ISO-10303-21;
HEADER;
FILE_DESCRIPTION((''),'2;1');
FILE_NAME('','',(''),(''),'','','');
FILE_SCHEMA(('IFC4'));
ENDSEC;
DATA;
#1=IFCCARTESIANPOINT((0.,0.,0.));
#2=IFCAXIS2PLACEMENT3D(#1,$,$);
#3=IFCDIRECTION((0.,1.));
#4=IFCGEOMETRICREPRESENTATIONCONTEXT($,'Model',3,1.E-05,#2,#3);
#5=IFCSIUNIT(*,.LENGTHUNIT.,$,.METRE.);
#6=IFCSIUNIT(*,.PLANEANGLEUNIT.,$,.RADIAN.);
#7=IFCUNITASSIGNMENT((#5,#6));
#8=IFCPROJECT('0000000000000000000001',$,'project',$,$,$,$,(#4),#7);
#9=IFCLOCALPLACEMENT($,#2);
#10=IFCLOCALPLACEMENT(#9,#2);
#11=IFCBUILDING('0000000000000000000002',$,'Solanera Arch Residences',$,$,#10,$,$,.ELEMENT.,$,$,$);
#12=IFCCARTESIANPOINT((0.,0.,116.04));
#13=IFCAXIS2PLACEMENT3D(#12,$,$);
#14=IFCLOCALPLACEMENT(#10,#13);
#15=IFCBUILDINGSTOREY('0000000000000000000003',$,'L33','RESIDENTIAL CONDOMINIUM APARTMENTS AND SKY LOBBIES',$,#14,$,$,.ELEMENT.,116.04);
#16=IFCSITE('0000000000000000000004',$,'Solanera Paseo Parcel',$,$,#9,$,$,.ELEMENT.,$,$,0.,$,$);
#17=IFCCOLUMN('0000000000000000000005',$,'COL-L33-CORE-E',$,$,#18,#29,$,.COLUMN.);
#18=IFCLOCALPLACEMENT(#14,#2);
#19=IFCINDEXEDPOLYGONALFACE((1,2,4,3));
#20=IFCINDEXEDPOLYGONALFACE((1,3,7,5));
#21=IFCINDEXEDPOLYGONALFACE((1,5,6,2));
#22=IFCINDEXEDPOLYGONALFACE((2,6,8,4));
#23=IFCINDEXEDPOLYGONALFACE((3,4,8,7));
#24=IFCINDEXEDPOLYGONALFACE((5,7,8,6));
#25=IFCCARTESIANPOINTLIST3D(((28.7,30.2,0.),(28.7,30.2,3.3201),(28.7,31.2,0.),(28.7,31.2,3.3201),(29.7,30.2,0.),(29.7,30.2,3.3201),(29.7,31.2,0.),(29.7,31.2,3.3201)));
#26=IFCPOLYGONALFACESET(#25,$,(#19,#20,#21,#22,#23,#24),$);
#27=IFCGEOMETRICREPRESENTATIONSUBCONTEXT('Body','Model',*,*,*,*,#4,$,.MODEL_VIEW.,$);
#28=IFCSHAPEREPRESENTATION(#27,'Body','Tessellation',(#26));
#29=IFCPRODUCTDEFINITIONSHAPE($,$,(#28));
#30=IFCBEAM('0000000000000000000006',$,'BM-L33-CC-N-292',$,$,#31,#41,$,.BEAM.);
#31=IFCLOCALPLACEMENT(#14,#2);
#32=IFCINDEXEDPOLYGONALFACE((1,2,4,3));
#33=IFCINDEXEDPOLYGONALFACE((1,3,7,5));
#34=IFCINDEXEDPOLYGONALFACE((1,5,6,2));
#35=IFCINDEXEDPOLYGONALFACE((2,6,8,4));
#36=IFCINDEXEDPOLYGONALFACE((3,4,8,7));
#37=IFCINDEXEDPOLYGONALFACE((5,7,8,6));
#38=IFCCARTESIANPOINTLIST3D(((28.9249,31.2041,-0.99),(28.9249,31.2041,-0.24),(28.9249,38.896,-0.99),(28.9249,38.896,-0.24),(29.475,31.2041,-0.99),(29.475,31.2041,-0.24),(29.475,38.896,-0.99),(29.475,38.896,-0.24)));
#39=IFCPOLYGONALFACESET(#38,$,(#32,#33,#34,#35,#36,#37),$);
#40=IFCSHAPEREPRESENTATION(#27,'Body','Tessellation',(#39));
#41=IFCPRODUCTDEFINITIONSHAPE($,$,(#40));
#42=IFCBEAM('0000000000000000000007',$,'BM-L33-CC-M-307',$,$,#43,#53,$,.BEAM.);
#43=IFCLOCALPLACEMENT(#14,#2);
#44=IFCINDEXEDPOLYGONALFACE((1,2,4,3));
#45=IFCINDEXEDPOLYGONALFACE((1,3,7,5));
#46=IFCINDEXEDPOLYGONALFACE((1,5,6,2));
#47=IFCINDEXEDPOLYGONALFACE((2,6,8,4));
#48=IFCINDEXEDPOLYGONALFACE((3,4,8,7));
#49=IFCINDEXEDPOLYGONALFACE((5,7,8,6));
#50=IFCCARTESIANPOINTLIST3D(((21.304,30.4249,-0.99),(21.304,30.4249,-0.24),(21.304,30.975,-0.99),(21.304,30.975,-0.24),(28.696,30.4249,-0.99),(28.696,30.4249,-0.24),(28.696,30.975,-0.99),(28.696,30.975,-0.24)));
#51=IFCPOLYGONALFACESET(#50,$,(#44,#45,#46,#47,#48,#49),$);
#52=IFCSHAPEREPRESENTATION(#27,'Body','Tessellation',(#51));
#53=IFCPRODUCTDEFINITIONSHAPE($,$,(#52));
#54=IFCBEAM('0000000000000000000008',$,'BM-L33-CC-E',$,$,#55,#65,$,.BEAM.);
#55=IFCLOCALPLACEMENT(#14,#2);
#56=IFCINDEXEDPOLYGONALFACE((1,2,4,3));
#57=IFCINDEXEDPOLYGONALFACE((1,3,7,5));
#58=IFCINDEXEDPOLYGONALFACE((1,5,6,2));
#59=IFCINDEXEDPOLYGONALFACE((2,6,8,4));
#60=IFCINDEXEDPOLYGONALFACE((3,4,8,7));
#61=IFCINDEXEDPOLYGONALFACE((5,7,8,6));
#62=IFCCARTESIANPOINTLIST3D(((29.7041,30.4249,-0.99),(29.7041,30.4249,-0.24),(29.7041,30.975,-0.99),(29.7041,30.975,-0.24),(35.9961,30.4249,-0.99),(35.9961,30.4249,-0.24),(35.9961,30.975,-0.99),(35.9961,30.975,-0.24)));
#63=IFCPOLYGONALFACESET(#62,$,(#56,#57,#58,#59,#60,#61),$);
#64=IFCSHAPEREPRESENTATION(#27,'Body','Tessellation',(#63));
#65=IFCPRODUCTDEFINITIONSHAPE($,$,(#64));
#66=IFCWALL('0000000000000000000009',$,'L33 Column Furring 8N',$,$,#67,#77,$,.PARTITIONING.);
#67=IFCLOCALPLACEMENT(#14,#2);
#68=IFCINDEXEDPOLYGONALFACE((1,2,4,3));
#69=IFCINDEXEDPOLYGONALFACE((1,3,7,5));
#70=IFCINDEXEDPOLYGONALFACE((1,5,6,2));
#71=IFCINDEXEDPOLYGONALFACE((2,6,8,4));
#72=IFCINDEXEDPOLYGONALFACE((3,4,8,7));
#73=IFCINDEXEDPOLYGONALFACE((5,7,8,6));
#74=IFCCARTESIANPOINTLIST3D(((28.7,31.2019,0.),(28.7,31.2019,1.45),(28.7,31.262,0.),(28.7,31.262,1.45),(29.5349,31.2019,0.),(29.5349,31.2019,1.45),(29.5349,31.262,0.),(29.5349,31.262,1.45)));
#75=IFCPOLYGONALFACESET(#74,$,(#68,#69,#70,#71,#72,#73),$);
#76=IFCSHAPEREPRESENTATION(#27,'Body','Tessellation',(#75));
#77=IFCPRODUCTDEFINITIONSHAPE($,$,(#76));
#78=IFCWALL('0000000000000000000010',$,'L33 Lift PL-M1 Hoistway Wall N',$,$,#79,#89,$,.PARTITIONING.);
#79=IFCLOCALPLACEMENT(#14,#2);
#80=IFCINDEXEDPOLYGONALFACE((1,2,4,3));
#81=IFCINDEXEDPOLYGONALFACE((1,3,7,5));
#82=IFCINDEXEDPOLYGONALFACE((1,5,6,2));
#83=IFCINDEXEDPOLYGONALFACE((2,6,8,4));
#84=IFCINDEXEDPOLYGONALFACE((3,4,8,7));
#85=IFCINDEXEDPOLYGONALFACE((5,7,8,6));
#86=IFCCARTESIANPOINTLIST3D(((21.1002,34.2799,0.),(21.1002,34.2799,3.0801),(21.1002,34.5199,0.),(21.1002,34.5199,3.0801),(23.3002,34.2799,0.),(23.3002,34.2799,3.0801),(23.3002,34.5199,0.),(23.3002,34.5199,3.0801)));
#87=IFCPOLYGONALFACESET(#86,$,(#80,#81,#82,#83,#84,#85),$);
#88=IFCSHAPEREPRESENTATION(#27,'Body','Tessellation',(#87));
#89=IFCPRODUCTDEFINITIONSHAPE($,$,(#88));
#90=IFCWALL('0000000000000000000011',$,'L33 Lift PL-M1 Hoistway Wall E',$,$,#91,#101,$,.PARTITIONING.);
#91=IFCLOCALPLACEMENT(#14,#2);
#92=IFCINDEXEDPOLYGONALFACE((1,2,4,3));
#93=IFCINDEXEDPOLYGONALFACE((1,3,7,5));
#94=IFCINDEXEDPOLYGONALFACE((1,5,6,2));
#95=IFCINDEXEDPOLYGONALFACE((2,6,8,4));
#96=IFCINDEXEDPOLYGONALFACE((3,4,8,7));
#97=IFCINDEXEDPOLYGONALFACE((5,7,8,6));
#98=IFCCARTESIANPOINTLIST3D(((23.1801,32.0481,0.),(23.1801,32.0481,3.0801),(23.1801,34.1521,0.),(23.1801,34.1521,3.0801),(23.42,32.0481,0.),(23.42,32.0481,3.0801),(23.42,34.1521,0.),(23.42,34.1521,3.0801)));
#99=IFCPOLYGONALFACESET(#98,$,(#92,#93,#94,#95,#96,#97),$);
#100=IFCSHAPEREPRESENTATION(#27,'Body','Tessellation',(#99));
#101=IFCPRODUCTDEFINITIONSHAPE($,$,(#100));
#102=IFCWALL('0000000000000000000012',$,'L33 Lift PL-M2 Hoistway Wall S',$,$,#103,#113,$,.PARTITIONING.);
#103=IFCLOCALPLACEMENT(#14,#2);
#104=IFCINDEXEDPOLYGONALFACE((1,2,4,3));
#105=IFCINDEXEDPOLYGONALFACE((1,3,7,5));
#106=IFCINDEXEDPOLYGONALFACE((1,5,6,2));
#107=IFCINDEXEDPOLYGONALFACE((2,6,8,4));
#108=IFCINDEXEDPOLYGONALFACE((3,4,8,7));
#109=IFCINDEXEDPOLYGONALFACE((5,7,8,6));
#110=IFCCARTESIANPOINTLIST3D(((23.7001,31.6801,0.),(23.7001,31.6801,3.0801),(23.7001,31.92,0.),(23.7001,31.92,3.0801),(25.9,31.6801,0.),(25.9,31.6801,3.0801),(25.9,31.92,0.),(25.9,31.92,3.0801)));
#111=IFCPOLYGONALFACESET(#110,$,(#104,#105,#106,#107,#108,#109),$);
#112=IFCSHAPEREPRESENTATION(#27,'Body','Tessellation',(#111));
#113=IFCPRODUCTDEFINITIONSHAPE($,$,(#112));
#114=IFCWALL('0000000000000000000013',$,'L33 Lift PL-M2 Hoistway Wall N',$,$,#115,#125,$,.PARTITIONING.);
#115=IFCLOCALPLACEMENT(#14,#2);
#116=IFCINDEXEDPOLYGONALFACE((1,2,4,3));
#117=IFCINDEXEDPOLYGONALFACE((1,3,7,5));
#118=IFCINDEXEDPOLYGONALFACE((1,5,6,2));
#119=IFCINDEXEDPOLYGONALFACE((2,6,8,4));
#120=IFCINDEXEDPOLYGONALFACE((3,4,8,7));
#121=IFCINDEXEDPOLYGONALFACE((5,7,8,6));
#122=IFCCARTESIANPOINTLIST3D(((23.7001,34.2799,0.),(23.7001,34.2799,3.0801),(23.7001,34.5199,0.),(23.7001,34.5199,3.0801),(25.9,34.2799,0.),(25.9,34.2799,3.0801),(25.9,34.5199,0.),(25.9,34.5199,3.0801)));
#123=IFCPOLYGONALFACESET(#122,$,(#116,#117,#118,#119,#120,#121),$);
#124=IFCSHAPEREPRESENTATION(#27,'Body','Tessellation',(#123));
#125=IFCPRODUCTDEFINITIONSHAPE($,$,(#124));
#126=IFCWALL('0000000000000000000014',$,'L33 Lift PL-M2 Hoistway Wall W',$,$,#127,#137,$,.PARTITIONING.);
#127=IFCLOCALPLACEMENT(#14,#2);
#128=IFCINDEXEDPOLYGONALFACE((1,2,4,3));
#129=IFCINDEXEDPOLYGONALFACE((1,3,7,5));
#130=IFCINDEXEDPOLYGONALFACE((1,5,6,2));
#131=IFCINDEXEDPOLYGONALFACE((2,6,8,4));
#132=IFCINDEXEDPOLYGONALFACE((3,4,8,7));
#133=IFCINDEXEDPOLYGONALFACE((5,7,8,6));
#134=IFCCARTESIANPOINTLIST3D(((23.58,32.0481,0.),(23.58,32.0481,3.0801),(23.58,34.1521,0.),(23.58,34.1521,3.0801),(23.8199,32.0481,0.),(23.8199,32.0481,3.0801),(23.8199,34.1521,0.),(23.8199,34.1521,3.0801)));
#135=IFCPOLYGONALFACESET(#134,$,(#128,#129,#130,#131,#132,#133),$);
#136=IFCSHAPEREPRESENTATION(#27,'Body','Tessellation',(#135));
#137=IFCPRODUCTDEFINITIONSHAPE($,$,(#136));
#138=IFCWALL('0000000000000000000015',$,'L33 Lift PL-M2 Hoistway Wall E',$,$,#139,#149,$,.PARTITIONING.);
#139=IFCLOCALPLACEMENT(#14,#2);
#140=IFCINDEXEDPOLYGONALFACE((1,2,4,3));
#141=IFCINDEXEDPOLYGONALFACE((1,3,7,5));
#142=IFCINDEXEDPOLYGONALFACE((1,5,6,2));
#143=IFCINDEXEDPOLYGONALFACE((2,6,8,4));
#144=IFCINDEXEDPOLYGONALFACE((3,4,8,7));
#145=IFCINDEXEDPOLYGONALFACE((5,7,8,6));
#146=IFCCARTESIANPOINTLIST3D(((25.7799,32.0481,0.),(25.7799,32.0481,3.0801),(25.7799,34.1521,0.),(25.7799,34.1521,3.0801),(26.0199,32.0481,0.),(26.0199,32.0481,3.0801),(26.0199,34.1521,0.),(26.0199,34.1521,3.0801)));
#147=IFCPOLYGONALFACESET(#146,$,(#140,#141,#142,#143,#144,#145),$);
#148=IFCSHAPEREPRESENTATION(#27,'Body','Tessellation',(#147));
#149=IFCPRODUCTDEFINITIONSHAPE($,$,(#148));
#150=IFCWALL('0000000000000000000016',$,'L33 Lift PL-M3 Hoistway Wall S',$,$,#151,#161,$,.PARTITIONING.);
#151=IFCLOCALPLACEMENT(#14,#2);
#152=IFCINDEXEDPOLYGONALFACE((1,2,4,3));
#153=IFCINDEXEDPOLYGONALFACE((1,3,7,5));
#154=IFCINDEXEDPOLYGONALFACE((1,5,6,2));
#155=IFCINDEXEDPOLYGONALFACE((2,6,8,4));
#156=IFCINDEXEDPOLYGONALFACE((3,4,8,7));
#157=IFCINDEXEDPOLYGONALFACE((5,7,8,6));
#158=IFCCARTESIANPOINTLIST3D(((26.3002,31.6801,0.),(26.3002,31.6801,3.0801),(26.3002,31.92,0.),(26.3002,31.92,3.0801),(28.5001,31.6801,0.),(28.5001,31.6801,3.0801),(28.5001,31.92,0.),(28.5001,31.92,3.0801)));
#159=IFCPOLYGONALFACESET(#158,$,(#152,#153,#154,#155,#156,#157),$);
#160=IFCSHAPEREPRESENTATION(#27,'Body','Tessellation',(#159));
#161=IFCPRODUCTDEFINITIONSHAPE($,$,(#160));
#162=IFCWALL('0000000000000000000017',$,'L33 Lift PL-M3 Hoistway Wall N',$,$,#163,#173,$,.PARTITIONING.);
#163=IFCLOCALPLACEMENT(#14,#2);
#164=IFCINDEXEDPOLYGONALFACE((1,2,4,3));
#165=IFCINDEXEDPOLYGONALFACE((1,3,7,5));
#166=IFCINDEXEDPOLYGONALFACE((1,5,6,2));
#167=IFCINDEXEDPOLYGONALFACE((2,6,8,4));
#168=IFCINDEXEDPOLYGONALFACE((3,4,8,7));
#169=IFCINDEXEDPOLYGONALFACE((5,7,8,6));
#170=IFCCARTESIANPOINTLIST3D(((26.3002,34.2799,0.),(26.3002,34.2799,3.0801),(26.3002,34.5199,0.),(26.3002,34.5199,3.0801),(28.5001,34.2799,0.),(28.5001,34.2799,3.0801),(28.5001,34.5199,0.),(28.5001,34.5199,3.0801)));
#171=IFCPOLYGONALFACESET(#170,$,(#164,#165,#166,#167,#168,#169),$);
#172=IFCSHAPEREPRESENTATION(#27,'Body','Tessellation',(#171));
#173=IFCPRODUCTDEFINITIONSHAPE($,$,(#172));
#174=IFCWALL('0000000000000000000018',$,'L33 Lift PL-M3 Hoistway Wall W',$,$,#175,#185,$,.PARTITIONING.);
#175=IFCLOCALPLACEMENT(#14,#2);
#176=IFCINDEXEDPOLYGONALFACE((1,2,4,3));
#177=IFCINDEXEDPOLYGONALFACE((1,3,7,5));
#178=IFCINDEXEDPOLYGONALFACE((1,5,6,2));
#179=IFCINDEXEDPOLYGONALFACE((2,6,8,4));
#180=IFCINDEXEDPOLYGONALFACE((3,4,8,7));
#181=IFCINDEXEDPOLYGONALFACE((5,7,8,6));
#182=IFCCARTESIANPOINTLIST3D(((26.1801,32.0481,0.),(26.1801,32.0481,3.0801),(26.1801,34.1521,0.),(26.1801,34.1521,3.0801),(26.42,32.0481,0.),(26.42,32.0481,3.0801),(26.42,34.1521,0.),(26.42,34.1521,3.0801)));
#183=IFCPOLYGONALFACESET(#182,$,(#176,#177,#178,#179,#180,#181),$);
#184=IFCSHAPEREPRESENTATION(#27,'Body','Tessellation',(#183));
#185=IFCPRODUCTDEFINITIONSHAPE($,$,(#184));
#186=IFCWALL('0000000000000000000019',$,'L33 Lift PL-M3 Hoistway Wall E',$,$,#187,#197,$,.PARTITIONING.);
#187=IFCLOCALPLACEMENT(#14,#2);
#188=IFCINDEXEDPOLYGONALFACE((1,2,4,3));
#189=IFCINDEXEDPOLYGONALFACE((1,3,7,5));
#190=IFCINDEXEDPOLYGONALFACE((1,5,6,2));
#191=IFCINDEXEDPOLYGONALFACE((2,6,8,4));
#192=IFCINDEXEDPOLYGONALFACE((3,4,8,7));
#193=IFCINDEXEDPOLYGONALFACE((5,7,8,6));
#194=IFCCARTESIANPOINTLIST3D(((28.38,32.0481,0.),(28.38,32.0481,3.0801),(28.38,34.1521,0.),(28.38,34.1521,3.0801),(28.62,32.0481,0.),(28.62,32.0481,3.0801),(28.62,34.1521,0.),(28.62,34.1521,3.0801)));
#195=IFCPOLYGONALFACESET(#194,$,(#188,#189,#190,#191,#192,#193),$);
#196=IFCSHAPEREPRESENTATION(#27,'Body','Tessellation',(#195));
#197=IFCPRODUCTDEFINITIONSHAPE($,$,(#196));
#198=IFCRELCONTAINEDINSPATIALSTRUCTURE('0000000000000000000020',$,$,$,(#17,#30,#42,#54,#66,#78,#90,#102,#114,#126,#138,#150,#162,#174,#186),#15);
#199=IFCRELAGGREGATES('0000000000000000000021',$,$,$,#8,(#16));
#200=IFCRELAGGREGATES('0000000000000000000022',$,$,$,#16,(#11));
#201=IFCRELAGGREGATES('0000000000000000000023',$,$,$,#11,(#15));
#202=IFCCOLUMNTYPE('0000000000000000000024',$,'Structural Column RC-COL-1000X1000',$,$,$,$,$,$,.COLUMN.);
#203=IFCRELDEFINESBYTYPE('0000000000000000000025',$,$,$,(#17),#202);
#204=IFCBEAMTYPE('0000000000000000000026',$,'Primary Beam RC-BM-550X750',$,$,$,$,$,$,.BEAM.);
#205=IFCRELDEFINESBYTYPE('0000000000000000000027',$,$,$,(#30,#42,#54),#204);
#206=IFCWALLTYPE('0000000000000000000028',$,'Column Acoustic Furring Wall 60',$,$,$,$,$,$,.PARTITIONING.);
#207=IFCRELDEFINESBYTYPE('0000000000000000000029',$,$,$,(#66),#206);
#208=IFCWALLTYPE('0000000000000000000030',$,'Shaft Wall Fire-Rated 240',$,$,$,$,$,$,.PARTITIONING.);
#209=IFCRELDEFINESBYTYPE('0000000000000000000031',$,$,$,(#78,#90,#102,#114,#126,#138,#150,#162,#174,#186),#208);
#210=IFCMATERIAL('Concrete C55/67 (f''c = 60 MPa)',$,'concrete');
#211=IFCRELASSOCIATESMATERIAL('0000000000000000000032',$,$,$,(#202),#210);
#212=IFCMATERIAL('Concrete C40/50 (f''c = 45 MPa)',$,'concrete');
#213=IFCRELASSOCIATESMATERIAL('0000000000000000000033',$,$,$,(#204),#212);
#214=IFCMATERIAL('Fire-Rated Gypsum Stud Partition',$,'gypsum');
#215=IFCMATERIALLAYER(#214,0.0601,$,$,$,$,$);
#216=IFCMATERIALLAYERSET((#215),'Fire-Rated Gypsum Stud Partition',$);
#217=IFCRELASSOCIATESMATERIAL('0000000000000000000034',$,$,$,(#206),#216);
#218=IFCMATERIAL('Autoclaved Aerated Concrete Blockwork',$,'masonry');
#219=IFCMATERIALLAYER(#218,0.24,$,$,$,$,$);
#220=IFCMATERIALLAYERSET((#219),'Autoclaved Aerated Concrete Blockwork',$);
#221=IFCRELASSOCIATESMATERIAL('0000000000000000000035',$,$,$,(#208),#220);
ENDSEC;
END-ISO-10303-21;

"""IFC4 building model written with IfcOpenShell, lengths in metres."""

from ifc_helpers import new_model, si_unit, direction, frame, frame_2d, origin, origin_2d, place, context, subcontext, project, spatial, rectangle, extrude, material, layer, layer_set, material_profile, profile_set, type_object, element, save


model = new_model("IFC4")

# Units and contexts
model_context = context("Model", 3, precision=1e-05, world=origin(), true_north=direction((0.0, 1.0)))
body_context = subcontext(model_context, "Body", "Model", "MODEL_VIEW")
ifc_project = project(units=[si_unit("LENGTHUNIT", "METRE"), si_unit("PLANEANGLEUNIT", "RADIAN")], contexts=[model_context])

# Site, building, storey
site_placement = place(None, origin())
site = spatial("IfcSite", under=ifc_project, at=site_placement, Name="Solanera Paseo Parcel", CompositionType="ELEMENT", RefElevation=0.0)
building_placement = place(site_placement, origin())
building = spatial("IfcBuilding", under=site, at=building_placement, Name="Solanera Arch Residences", CompositionType="ELEMENT")
storey_placement = place(building_placement, frame((0.0, 0.0, 116.04)))
storey = spatial("IfcBuildingStorey", under=building, at=storey_placement, Name="L33", Description="RESIDENTIAL CONDOMINIUM APARTMENTS AND SKY LOBBIES", CompositionType="ELEMENT", Elevation=116.04)

# Column
ifc_material_1 = material(Name="Concrete C55/67 (f'c = 60 MPa)", Category="concrete")
ifc_material_profile_1 = material_profile(ifc_material_1, rectangle(XDim=1.0, YDim=1.0, at=origin_2d()))
ifc_profile_set_1 = profile_set([ifc_material_profile_1], Name="Concrete C55/67 (f'c = 60 MPa)")
column_type = type_object("IfcColumnType", Name="Structural Column RC-COL-1000X1000", PredefinedType="COLUMN", material=ifc_profile_set_1)
column_placement = place(storey_placement, frame((29.2, 30.7, 0.0), z_axis=(0.0, 0.0, 1.0), x_axis=(1.0, 0.0, 0.0)))
element("IfcColumn", 1, at=column_placement, inside=storey, type_object=column_type, Name="COL-L33-CORE-E", PredefinedType="COLUMN", context=body_context, shape_type="SweptSolid", body=[
    extrude(rectangle(XDim=1.0, YDim=1.0, at=origin_2d()), origin(), (0.0, 0.0, 1.0), 3.3201),
])

# Beams
ifc_material_2 = material(Name="Concrete C40/50 (f'c = 45 MPa)", Category="concrete")
ifc_material_profile_2 = material_profile(ifc_material_2, rectangle(XDim=0.55, YDim=0.75, at=origin_2d()))
ifc_profile_set_2 = profile_set([ifc_material_profile_2], Name="Concrete C40/50 (f'c = 45 MPa)")
beam_type = type_object("IfcBeamType", Name="Primary Beam RC-BM-550X750", PredefinedType="BEAM", material=ifc_profile_set_2)
beam_1_placement = place(storey_placement, frame((29.2, 31.2041, -0.615), z_axis=(0.0, 1.0, 0.0), x_axis=(-1.0, 0.0, 0.0)))
element("IfcBeam", 2, at=beam_1_placement, inside=storey, type_object=beam_type, Name="BM-L33-CC-N-292", PredefinedType="BEAM", context=body_context, shape_type="SweptSolid", body=[
    extrude(rectangle(XDim=0.55, YDim=0.75, at=origin_2d()), origin(), (0.0, 0.0, 1.0), 7.6919),
])
beam_2_placement = place(storey_placement, frame((21.304, 30.7, -0.615), z_axis=(1.0, 0.0, 0.0), x_axis=(0.0, 1.0, 0.0)))
element("IfcBeam", 3, at=beam_2_placement, inside=storey, type_object=beam_type, Name="BM-L33-CC-M-307", PredefinedType="BEAM", context=body_context, shape_type="SweptSolid", body=[
    extrude(rectangle(XDim=0.55, YDim=0.75, at=origin_2d()), origin(), (0.0, 0.0, 1.0), 7.3921),
])
beam_3_placement = place(storey_placement, frame((29.7041, 30.7, -0.615), z_axis=(1.0, 0.0, 0.0), x_axis=(0.0, 1.0, 0.0)))
element("IfcBeam", 4, at=beam_3_placement, inside=storey, type_object=beam_type, Name="BM-L33-CC-E", PredefinedType="BEAM", context=body_context, shape_type="SweptSolid", body=[
    extrude(rectangle(XDim=0.55, YDim=0.75, at=origin_2d()), origin(), (0.0, 0.0, 1.0), 6.292),
])

# Walls
ifc_material_3 = material(Name="Fire-Rated Gypsum Stud Partition", Category="gypsum")
ifc_layer_1 = layer(ifc_material_3, 0.0601)
ifc_layer_set_1 = layer_set([ifc_layer_1], Name="Fire-Rated Gypsum Stud Partition")
wall_type_1 = type_object("IfcWallType", Name="Column Acoustic Furring Wall 60", PredefinedType="PARTITIONING", material=ifc_layer_set_1)
wall_1_placement = place(storey_placement, frame((28.7, 31.2319, 0.0), z_axis=(0.0, 0.0, 1.0), x_axis=(1.0, 0.0, 0.0)))
element("IfcWall", 5, at=wall_1_placement, inside=storey, type_object=wall_type_1, Name="L33 Column Furring 8N", PredefinedType="PARTITIONING", context=body_context, shape_type="SweptSolid", body=[
    extrude(rectangle(XDim=0.835, YDim=0.0601, at=frame_2d((0.4175, 0.0))), origin(), (0.0, 0.0, 1.0), 1.45),
])
ifc_material_4 = material(Name="Autoclaved Aerated Concrete Blockwork", Category="masonry")
ifc_layer_2 = layer(ifc_material_4, 0.24)
ifc_layer_set_2 = layer_set([ifc_layer_2], Name="Autoclaved Aerated Concrete Blockwork")
wall_type_2 = type_object("IfcWallType", Name="Shaft Wall Fire-Rated 240", PredefinedType="PARTITIONING", material=ifc_layer_set_2)
wall_2_placement = place(storey_placement, frame((21.1001, 34.3999, 0.0), z_axis=(0.0, 0.0, 1.0), x_axis=(1.0, 0.0, 0.0)))
element("IfcWall", 6, at=wall_2_placement, inside=storey, type_object=wall_type_2, Name="L33 Lift PL-M1 Hoistway Wall N", PredefinedType="PARTITIONING", context=body_context, shape_type="SweptSolid", body=[
    extrude(rectangle(XDim=2.2, YDim=0.24, at=frame_2d((1.1001, 0.0))), origin(), (0.0, 0.0, 1.0), 3.0801),
])
wall_3_placement = place(storey_placement, frame((23.3, 32.0481, 0.0), z_axis=(0.0, 0.0, 1.0), x_axis=(0.0, 1.0, 0.0)))
element("IfcWall", 7, at=wall_3_placement, inside=storey, type_object=wall_type_2, Name="L33 Lift PL-M1 Hoistway Wall E", PredefinedType="PARTITIONING", context=body_context, shape_type="SweptSolid", body=[
    extrude(rectangle(XDim=2.104, YDim=0.24, at=frame_2d((1.052, 0.0))), origin(), (0.0, 0.0, 1.0), 3.0801),
])
for number, where, z_axis, x_axis, name in (
    (8, (23.7, 31.8, 0.0), (0.0, 0.0, 1.0), (1.0, 0.0, 0.0), "L33 Lift PL-M2 Hoistway Wall S"),
    (9, (23.7, 34.3999, 0.0), (0.0, 0.0, 1.0), (1.0, 0.0, 0.0), "L33 Lift PL-M2 Hoistway Wall N"),
):
    element("IfcWall", number, at=place(storey_placement, frame(where, z_axis=z_axis, x_axis=x_axis)), inside=storey, type_object=wall_type_2, Name=name, PredefinedType="PARTITIONING", context=body_context, shape_type="SweptSolid", body=[
        extrude(rectangle(XDim=2.2, YDim=0.24, at=frame_2d((1.1001, 0.0))), origin(), (0.0, 0.0, 1.0), 3.0801),
    ])
for number, where, z_axis, x_axis, name in (
    (10, (23.7, 32.0481, 0.0), (0.0, 0.0, 1.0), (0.0, 1.0, 0.0), "L33 Lift PL-M2 Hoistway Wall W"),
    (11, (25.8999, 32.0481, 0.0), (0.0, 0.0, 1.0), (0.0, 1.0, 0.0), "L33 Lift PL-M2 Hoistway Wall E"),
):
    element("IfcWall", number, at=place(storey_placement, frame(where, z_axis=z_axis, x_axis=x_axis)), inside=storey, type_object=wall_type_2, Name=name, PredefinedType="PARTITIONING", context=body_context, shape_type="SweptSolid", body=[
        extrude(rectangle(XDim=2.104, YDim=0.24, at=frame_2d((1.052, 0.0))), origin(), (0.0, 0.0, 1.0), 3.0801),
    ])
for number, where, z_axis, x_axis, name in (
    (12, (26.3, 31.8, 0.0), (0.0, 0.0, 1.0), (1.0, 0.0, 0.0), "L33 Lift PL-M3 Hoistway Wall S"),
    (13, (26.3, 34.3999, 0.0), (0.0, 0.0, 1.0), (1.0, 0.0, 0.0), "L33 Lift PL-M3 Hoistway Wall N"),
):
    element("IfcWall", number, at=place(storey_placement, frame(where, z_axis=z_axis, x_axis=x_axis)), inside=storey, type_object=wall_type_2, Name=name, PredefinedType="PARTITIONING", context=body_context, shape_type="SweptSolid", body=[
        extrude(rectangle(XDim=2.2, YDim=0.24, at=frame_2d((1.1001, 0.0))), origin(), (0.0, 0.0, 1.0), 3.0801),
    ])
for number, where, z_axis, x_axis, name in (
    (14, (26.3, 32.0481, 0.0), (0.0, 0.0, 1.0), (0.0, 1.0, 0.0), "L33 Lift PL-M3 Hoistway Wall W"),
    (15, (28.5, 32.0481, 0.0), (0.0, 0.0, 1.0), (0.0, 1.0, 0.0), "L33 Lift PL-M3 Hoistway Wall E"),
):
    element("IfcWall", number, at=place(storey_placement, frame(where, z_axis=z_axis, x_axis=x_axis)), inside=storey, type_object=wall_type_2, Name=name, PredefinedType="PARTITIONING", context=body_context, shape_type="SweptSolid", body=[
        extrude(rectangle(XDim=2.104, YDim=0.24, at=frame_2d((1.052, 0.0))), origin(), (0.0, 0.0, 1.0), 3.0801),
    ])

save(model, "model.ifc")
